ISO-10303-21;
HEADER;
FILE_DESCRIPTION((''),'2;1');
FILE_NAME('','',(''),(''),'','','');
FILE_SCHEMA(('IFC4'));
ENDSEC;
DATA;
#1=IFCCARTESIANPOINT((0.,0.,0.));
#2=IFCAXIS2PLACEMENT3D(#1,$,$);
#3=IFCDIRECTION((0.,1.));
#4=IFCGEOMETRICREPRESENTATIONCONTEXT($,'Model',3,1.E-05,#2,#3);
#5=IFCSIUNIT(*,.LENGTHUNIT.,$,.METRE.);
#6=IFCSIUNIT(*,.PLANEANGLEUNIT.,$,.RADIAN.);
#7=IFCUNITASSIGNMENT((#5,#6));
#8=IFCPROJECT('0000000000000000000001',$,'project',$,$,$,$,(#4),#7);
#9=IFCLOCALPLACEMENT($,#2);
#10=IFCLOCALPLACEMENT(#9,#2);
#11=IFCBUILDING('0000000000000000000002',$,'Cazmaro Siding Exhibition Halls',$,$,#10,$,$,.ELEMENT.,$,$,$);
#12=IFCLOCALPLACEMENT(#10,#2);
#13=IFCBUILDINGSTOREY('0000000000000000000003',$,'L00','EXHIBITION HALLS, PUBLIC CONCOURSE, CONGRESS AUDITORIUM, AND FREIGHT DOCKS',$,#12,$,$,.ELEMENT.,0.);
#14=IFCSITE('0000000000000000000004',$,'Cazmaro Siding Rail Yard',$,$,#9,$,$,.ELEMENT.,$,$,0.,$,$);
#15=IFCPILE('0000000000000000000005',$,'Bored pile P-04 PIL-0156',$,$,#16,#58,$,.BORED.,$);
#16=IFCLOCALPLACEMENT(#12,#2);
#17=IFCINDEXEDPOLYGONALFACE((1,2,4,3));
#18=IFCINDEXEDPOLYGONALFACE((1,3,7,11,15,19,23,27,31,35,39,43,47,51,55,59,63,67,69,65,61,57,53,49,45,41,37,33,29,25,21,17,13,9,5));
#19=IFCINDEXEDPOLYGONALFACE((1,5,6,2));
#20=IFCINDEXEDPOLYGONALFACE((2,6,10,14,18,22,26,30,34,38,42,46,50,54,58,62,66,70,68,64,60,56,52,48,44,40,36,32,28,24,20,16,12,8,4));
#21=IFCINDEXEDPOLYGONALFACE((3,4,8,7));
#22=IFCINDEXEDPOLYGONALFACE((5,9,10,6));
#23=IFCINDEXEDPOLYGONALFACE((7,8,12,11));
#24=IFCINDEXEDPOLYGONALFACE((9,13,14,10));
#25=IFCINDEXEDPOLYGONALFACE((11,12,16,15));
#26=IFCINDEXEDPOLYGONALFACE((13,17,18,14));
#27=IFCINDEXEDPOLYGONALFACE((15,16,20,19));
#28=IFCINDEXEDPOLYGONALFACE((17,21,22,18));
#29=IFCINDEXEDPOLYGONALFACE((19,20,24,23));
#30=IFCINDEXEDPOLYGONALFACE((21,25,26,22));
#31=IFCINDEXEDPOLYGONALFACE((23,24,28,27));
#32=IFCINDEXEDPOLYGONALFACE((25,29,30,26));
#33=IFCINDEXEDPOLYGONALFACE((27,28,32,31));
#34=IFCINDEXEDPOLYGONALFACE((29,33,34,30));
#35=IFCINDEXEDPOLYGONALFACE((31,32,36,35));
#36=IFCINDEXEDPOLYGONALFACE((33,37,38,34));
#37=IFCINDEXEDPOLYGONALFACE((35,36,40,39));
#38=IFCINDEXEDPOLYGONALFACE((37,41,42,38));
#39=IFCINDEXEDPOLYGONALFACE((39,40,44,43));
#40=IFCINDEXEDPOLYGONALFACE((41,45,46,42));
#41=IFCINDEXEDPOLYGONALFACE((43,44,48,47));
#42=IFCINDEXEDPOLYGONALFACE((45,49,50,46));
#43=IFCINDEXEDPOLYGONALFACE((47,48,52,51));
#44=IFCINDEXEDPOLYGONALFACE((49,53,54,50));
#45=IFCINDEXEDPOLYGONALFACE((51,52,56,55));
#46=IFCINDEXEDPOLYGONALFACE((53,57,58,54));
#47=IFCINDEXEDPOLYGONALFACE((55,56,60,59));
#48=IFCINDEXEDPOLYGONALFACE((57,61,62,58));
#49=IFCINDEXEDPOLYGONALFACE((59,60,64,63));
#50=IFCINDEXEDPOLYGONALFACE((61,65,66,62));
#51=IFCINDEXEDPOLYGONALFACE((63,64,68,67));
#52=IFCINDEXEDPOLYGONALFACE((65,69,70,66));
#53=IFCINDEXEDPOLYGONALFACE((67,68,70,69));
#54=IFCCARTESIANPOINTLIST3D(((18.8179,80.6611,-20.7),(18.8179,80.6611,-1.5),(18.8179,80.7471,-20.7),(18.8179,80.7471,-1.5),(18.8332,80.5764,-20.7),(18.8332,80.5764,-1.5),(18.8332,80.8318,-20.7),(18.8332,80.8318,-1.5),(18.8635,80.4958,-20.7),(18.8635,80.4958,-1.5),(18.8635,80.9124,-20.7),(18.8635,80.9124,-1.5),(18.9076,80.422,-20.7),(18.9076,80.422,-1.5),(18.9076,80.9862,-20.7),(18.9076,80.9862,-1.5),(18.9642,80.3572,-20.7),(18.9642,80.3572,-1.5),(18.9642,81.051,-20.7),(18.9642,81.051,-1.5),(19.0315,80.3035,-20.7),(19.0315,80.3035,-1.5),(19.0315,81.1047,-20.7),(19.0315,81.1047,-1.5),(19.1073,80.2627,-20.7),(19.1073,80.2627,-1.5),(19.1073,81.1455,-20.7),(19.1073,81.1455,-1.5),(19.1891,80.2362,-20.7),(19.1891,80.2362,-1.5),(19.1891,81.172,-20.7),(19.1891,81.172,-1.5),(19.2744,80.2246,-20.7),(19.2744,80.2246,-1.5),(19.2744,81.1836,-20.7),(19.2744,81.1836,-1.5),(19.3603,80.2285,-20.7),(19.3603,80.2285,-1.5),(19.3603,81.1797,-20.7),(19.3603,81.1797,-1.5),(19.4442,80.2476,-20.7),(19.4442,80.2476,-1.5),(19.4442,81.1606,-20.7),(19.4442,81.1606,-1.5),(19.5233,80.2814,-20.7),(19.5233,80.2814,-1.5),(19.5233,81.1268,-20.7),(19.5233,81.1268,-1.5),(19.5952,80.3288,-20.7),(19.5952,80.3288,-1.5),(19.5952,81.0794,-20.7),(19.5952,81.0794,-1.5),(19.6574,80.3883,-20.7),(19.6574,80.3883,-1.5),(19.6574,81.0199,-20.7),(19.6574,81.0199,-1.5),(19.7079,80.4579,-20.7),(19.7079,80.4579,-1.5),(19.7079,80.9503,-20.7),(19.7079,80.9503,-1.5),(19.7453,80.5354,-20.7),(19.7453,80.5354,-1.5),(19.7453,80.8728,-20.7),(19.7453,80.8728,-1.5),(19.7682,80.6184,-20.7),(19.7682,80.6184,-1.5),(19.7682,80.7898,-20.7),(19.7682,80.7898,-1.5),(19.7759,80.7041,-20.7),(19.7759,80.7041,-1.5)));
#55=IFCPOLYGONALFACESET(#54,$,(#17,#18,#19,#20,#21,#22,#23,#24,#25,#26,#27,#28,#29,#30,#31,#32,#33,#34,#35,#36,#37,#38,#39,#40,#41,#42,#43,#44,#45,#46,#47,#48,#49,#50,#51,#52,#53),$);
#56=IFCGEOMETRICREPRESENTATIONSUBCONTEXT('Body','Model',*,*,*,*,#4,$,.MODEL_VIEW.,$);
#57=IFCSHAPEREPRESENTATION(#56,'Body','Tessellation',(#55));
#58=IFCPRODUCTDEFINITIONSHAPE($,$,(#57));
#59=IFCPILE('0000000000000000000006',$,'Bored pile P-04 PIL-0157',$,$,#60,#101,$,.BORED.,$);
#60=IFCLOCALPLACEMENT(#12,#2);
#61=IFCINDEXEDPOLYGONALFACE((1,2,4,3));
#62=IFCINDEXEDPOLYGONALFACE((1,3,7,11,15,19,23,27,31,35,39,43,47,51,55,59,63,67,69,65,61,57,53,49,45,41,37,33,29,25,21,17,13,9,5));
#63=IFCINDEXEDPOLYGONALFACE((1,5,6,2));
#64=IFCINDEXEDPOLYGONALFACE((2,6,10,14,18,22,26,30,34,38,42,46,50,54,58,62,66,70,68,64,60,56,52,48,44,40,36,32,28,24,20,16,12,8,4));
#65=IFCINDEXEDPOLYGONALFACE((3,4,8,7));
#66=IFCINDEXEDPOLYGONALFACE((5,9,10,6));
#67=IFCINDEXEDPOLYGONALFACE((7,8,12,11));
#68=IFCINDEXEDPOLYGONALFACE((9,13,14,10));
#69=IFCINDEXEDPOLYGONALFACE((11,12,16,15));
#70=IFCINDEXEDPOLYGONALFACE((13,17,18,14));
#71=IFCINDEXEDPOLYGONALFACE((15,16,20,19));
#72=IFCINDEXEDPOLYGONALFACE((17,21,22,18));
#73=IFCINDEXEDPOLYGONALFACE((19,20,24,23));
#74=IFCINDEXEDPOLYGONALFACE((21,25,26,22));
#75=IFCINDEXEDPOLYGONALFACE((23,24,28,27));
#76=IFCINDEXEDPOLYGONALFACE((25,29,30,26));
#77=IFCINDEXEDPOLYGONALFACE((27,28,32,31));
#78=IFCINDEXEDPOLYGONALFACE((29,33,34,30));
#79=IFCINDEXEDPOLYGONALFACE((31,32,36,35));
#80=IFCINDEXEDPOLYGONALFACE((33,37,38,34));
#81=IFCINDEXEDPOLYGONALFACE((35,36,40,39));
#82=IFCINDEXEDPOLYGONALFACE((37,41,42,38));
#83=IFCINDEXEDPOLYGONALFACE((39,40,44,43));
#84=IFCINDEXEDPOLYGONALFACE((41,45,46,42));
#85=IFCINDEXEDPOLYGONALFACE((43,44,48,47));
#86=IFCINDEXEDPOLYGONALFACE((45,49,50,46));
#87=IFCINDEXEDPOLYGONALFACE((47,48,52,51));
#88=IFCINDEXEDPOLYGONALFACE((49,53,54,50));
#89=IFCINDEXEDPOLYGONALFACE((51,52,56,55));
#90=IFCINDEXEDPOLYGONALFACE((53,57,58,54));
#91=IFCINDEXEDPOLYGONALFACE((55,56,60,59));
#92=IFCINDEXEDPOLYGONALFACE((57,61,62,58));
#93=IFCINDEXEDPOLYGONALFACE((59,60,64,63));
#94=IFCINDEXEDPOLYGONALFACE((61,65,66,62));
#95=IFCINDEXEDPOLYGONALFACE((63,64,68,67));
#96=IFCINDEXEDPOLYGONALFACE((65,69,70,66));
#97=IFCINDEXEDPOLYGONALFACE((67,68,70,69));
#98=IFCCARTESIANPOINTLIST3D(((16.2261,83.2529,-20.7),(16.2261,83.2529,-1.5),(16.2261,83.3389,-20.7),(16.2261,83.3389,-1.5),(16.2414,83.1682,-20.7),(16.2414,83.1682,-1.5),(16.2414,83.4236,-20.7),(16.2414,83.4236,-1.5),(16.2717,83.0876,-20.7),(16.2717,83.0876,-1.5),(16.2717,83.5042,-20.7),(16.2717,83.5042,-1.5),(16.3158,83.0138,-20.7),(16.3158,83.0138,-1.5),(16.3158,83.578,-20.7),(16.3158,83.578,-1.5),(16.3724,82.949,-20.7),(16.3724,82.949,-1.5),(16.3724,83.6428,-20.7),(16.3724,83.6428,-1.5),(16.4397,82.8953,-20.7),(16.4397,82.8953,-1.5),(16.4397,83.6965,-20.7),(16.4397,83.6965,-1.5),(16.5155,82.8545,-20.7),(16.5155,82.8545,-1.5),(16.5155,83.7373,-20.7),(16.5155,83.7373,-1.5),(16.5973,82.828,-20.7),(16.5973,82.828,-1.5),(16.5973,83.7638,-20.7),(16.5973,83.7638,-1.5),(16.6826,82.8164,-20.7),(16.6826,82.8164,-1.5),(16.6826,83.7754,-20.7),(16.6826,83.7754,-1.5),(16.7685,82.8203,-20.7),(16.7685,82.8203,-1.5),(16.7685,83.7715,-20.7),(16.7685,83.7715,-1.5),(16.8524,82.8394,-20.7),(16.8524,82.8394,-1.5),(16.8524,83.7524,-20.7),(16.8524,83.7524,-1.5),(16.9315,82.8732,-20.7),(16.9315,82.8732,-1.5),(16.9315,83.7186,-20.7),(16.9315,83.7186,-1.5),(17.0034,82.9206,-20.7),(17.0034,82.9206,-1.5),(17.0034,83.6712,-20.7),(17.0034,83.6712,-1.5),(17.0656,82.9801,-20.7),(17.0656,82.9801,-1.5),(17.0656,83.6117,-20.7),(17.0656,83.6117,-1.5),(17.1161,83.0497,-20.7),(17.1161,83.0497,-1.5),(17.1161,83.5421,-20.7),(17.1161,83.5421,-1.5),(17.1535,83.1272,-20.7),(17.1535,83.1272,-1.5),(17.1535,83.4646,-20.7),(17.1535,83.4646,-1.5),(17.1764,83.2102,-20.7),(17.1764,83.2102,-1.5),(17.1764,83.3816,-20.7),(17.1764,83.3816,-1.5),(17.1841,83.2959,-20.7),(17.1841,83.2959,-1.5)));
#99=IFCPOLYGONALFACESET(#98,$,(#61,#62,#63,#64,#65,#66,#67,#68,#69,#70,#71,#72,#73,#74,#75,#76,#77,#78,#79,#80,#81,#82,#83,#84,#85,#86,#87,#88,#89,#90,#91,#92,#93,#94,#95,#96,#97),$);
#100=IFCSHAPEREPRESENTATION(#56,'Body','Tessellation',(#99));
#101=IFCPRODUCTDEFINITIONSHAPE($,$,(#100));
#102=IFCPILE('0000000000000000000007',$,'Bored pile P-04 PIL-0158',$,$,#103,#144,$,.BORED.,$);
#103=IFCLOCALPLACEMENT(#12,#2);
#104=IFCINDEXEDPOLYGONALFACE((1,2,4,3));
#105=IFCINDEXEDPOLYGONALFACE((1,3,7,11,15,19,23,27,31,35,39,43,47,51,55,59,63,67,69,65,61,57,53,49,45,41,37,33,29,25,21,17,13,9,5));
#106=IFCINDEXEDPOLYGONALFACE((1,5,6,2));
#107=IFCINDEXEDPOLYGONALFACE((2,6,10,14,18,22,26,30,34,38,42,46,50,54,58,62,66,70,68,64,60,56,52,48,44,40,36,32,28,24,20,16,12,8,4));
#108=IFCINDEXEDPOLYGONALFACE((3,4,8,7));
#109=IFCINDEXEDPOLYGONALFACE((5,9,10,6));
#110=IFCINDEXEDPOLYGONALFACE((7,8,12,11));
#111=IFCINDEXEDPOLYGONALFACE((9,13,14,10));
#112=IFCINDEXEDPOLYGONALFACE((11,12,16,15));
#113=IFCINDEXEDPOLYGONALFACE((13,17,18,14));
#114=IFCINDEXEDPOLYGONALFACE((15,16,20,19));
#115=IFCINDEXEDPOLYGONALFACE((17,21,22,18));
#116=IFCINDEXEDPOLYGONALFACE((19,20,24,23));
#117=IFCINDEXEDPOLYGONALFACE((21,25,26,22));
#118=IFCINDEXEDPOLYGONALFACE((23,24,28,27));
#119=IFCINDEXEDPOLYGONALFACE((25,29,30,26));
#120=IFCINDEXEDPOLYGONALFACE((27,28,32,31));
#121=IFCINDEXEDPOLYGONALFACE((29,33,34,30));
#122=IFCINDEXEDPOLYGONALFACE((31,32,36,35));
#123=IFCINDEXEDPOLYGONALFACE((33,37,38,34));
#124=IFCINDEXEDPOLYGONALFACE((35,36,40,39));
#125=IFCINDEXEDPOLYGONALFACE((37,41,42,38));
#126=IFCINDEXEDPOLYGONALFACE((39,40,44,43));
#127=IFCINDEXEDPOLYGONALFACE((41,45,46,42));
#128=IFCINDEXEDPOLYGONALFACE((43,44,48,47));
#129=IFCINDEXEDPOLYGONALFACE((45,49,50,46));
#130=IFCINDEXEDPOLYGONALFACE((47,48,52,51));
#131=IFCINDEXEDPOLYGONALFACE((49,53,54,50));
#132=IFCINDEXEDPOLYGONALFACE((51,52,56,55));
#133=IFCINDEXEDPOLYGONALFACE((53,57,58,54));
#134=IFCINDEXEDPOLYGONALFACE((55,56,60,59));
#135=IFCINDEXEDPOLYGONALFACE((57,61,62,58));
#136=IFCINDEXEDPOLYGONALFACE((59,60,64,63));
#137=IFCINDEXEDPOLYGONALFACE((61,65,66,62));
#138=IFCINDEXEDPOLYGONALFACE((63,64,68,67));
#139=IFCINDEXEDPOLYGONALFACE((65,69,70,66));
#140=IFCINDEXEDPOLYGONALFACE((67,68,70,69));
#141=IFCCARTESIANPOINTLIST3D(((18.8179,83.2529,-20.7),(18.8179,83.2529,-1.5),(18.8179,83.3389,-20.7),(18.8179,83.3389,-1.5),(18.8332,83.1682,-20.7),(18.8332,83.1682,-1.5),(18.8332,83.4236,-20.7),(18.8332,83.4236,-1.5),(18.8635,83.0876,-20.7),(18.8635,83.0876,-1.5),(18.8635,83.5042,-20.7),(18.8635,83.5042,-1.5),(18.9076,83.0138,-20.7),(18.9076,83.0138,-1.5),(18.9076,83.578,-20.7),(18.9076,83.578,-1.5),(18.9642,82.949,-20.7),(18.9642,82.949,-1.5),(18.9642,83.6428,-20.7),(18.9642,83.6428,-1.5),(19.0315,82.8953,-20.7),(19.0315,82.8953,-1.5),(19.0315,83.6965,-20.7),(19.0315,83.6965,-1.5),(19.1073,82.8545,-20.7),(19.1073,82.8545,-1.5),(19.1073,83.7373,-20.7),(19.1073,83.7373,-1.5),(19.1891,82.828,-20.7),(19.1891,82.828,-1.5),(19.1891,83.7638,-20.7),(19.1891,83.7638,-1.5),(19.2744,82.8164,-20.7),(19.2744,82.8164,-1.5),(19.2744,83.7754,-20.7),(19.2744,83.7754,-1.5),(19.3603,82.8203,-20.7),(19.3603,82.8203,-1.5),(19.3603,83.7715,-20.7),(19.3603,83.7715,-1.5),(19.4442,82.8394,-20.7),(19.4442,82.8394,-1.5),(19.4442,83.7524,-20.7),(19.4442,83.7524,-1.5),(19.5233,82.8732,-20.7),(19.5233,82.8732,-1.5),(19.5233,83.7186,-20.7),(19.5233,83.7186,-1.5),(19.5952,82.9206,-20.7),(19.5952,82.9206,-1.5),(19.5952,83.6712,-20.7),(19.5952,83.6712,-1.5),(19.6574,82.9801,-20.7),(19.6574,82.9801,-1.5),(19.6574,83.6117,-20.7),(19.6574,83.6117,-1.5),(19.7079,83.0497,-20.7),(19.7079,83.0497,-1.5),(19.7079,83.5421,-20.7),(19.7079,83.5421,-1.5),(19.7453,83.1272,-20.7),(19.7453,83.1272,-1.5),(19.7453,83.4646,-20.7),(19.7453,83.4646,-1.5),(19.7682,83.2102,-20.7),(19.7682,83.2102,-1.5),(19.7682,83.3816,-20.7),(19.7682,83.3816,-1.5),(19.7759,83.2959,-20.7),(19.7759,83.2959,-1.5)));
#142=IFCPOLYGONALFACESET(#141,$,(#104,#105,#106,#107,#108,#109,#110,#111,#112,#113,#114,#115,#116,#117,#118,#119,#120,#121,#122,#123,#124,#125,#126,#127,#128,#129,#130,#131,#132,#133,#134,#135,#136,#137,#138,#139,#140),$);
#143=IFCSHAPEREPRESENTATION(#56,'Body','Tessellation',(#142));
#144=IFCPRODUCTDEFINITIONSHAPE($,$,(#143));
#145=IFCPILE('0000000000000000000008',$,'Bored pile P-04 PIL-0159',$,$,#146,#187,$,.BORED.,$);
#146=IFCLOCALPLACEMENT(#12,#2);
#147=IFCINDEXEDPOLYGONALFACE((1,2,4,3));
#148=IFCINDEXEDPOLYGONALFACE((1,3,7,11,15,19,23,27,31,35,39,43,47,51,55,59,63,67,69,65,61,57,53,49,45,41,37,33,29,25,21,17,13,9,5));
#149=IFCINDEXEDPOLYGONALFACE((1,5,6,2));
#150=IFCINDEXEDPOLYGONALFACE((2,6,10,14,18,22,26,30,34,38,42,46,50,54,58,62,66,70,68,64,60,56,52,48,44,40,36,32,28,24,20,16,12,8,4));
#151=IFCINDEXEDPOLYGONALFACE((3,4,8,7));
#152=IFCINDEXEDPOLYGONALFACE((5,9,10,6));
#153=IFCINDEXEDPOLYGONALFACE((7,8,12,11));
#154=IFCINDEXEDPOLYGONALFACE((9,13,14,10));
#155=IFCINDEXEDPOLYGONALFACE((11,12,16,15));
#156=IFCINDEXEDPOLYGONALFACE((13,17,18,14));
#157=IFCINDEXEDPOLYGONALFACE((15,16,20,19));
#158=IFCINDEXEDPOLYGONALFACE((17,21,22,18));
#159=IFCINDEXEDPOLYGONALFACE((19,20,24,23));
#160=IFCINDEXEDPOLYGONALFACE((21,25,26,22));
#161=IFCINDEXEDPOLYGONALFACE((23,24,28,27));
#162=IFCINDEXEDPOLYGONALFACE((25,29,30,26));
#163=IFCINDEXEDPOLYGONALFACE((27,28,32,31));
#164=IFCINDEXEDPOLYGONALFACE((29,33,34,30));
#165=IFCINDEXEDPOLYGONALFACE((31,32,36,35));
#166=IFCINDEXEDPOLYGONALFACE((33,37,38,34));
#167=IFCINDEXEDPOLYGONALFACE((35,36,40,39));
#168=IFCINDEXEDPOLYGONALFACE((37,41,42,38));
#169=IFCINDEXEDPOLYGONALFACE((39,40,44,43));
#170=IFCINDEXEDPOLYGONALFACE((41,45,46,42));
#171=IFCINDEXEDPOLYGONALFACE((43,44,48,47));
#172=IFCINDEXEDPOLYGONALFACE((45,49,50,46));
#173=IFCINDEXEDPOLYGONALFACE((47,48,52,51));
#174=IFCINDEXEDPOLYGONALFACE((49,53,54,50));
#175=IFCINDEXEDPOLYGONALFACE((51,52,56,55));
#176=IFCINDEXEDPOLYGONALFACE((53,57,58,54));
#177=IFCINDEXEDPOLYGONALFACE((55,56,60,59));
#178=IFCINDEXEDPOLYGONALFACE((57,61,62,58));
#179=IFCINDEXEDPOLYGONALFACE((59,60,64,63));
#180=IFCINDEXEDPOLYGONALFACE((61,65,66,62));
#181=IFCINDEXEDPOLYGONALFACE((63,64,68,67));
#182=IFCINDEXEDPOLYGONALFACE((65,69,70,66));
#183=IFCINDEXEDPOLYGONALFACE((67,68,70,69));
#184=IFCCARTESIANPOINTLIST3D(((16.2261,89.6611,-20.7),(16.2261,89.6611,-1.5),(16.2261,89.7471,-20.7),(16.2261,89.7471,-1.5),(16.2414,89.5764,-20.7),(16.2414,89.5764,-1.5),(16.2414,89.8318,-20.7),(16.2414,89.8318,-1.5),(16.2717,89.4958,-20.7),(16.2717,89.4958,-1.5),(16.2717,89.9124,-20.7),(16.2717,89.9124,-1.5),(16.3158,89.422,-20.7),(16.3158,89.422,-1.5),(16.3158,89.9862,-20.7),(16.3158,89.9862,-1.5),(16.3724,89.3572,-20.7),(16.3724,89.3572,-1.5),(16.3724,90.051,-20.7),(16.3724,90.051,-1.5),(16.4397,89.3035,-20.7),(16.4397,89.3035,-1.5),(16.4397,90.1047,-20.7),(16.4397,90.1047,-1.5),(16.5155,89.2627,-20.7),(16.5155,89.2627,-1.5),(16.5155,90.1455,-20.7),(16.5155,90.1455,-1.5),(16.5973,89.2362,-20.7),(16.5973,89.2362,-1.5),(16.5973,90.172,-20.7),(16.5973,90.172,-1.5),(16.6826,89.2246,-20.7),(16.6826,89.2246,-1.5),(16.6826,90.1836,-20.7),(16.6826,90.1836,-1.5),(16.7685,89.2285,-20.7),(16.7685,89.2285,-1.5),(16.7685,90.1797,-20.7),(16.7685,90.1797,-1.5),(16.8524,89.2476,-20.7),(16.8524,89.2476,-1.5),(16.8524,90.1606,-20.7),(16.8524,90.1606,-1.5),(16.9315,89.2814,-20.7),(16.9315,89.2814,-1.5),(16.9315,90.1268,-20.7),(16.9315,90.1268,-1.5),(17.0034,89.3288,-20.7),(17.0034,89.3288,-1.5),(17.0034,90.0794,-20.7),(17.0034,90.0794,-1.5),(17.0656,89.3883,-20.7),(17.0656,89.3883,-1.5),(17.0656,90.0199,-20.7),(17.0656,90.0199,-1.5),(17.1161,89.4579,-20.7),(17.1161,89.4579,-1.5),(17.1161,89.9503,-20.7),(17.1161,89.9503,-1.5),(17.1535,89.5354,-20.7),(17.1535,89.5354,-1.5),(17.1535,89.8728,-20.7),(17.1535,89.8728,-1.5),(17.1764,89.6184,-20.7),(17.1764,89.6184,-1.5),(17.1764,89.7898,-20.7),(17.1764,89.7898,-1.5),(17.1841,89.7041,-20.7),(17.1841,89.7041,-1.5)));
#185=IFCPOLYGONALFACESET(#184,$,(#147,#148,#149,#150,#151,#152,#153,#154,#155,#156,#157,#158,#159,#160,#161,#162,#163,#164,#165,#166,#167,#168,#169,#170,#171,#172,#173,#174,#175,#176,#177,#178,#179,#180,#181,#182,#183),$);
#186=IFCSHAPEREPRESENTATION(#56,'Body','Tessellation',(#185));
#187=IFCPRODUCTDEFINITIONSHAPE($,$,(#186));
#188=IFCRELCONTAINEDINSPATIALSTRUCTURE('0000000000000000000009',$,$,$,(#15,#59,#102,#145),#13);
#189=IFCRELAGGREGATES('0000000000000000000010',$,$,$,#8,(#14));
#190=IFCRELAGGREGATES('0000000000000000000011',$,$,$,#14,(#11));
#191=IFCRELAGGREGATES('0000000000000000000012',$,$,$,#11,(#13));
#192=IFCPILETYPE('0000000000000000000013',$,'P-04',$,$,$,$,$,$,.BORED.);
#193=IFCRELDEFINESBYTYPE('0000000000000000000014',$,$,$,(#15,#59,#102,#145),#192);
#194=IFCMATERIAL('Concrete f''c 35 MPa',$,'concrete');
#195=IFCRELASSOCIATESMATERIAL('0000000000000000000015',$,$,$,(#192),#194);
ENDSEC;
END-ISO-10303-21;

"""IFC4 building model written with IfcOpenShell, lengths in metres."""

from ifc_helpers import new_model, si_unit, direction, frame, origin, origin_2d, place, context, subcontext, project, spatial, circle, extrude, material, material_profile, profile_set, type_object, element, save


model = new_model("IFC4")

# Units and contexts
model_context = context("Model", 3, precision=1e-05, world=origin(), true_north=direction((0.0, 1.0)))
body_context = subcontext(model_context, "Body", "Model", "MODEL_VIEW")
ifc_project = project(units=[si_unit("LENGTHUNIT", "METRE"), si_unit("PLANEANGLEUNIT", "RADIAN")], contexts=[model_context])

# Site, building, storey
site_placement = place(None, origin())
site = spatial("IfcSite", under=ifc_project, at=site_placement, Name="Cazmaro Siding Rail Yard", CompositionType="ELEMENT", RefElevation=0.0)
building_placement = place(site_placement, origin())
building = spatial("IfcBuilding", under=site, at=building_placement, Name="Cazmaro Siding Exhibition Halls", CompositionType="ELEMENT")
storey_placement = place(building_placement, origin())
storey = spatial("IfcBuildingStorey", under=building, at=storey_placement, Name="L00", Description="EXHIBITION HALLS, PUBLIC CONCOURSE, CONGRESS AUDITORIUM, AND FREIGHT DOCKS", CompositionType="ELEMENT", Elevation=0.0)

# Piles
ifc_material_1 = material(Name="Concrete f'c 35 MPa", Category="concrete")
ifc_material_profile_1 = material_profile(ifc_material_1, circle(Radius=0.48, at=origin_2d()), Name="CIDH-960")
ifc_profile_set_1 = profile_set([ifc_material_profile_1], Name="Concrete f'c 35 MPa")
pile_type = type_object("IfcPileType", Name="P-04", PredefinedType="BORED", material=ifc_profile_set_1)
for number, where, z_axis, x_axis, name in (
    (1, (19.2959, 80.7041, -1.5), (0.0, 0.0, -1.0), (1.0, 0.0, 0.0), "Bored pile P-04 PIL-0156"),
    (2, (16.7041, 83.2959, -1.5), (0.0, 0.0, -1.0), (1.0, 0.0, 0.0), "Bored pile P-04 PIL-0157"),
    (3, (19.2959, 83.2959, -1.5), (0.0, 0.0, -1.0), (1.0, 0.0, 0.0), "Bored pile P-04 PIL-0158"),
    (4, (16.7041, 89.7041, -1.5), (0.0, 0.0, -1.0), (1.0, 0.0, 0.0), "Bored pile P-04 PIL-0159"),
):
    element("IfcPile", number, at=place(storey_placement, frame(where, z_axis=z_axis, x_axis=x_axis)), inside=storey, type_object=pile_type, Name=name, PredefinedType="BORED", context=body_context, shape_type="SweptSolid", body=[
        extrude(circle(Radius=0.48, at=origin_2d()), origin(), (0.0, 0.0, 1.0), 19.2),
    ])

save(model, "model.ifc")
